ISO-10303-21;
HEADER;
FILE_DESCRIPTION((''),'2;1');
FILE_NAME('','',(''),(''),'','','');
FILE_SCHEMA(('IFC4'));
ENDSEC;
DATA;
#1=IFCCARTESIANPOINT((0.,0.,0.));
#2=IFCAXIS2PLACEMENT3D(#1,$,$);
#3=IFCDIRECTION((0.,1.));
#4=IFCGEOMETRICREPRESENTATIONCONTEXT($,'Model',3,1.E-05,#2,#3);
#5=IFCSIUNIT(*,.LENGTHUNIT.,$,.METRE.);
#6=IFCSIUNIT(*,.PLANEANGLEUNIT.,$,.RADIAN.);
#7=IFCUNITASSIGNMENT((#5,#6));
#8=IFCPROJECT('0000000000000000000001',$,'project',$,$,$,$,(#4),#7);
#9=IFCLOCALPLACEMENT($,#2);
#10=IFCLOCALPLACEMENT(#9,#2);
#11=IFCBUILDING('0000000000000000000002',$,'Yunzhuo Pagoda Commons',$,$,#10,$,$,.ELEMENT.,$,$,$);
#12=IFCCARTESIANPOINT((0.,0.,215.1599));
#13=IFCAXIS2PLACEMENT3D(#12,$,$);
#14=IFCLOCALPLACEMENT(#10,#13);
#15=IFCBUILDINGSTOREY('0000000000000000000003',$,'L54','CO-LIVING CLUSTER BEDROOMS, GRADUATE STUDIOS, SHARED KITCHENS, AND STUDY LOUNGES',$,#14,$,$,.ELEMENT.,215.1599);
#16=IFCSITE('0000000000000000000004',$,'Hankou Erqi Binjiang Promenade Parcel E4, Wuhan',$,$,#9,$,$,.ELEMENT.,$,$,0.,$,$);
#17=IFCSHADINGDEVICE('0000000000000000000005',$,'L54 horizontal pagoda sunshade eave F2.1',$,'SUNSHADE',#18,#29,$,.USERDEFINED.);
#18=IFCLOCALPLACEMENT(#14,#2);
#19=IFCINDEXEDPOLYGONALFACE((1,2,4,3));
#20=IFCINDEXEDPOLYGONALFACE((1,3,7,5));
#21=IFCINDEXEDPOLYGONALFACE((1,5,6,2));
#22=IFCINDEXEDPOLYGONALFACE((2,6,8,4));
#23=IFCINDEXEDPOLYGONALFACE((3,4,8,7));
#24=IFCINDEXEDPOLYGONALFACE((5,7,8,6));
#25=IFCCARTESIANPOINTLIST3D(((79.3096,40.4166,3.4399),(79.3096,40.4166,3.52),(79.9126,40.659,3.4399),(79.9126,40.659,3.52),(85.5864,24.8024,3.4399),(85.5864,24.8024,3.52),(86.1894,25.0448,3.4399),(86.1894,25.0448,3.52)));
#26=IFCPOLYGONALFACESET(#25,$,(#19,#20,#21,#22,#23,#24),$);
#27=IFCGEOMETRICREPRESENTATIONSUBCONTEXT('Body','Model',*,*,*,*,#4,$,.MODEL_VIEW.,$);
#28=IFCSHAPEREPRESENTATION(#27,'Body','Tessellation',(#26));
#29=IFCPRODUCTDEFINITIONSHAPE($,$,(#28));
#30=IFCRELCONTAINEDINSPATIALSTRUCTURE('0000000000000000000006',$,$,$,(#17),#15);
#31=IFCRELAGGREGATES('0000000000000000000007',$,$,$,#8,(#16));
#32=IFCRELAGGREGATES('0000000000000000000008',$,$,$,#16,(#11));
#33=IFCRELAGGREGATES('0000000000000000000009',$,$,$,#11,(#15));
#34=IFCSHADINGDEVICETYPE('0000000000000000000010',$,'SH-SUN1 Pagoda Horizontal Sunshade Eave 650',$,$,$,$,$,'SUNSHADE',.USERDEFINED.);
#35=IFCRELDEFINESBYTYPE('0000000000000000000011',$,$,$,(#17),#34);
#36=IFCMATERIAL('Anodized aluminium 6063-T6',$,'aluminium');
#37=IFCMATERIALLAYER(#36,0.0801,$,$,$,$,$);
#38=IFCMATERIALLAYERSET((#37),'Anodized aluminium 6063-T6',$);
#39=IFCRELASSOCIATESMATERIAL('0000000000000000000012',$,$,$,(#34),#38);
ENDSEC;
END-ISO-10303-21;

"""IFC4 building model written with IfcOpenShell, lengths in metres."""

from ifc_helpers import new_model, si_unit, direction, frame, origin, origin_2d, place, context, subcontext, project, spatial, rectangle, extrude, source, transform, mapped, material, layer, layer_set, type_object, element, save


model = new_model("IFC4")

# Units and contexts
model_context = context("Model", 3, precision=1e-05, world=origin(), true_north=direction((0.0, 1.0)))
body_context = subcontext(model_context, "Body", "Model", "MODEL_VIEW")
ifc_project = project(units=[si_unit("LENGTHUNIT", "METRE"), si_unit("PLANEANGLEUNIT", "RADIAN")], contexts=[model_context])

# Site, building, storey
site_placement = place(None, origin())
site = spatial("IfcSite", under=ifc_project, at=site_placement, Name="Hankou Erqi Binjiang Promenade Parcel E4, Wuhan", CompositionType="ELEMENT", RefElevation=0.0)
building_placement = place(site_placement, origin())
building = spatial("IfcBuilding", under=site, at=building_placement, Name="Yunzhuo Pagoda Commons", CompositionType="ELEMENT")
storey_placement = place(building_placement, frame((0.0, 0.0, 215.1599)))
storey = spatial("IfcBuildingStorey", under=building, at=storey_placement, Name="L54", Description="CO-LIVING CLUSTER BEDROOMS, GRADUATE STUDIOS, SHARED KITCHENS, AND STUDY LOUNGES", CompositionType="ELEMENT", Elevation=215.1599)

# Shared definitions
ifc_material_1 = material(Name="Anodized aluminium 6063-T6", Category="aluminium")

# Shading device
ifc_layer_1 = layer(ifc_material_1, 0.0801)
ifc_layer_set_1 = layer_set([ifc_layer_1], Name="Anodized aluminium 6063-T6")
shading_device_type = type_object("IfcShadingDeviceType", Name="SH-SUN1 Pagoda Horizontal Sunshade Eave 650", ElementType="SUNSHADE", PredefinedType="USERDEFINED", material=ifc_layer_set_1)
shared_shape_1 = source(origin(), body_context, "Body", "SweptSolid", [
    extrude(rectangle(XDim=16.8286, YDim=0.6499, at=origin_2d()), origin(), (0.0, 0.0, 1.0), 0.0801),
])
shading_device_1_placement = place(storey_placement, frame((82.7495, 32.7307, 3.4399), z_axis=(0.0, 0.0, 1.0), x_axis=(-0.372988, 0.927836, 0.0)))
element("IfcShadingDevice", 1, at=shading_device_1_placement, inside=storey, type_object=shading_device_type, Name="L54 horizontal pagoda sunshade eave F2.1", ObjectType="SUNSHADE", PredefinedType="USERDEFINED", context=body_context, shape_type="MappedRepresentation", body=[
    mapped(shared_shape_1, transform((0.0, 0.0, 0.0), scale=1.0)),
])

save(model, "model.ifc")
